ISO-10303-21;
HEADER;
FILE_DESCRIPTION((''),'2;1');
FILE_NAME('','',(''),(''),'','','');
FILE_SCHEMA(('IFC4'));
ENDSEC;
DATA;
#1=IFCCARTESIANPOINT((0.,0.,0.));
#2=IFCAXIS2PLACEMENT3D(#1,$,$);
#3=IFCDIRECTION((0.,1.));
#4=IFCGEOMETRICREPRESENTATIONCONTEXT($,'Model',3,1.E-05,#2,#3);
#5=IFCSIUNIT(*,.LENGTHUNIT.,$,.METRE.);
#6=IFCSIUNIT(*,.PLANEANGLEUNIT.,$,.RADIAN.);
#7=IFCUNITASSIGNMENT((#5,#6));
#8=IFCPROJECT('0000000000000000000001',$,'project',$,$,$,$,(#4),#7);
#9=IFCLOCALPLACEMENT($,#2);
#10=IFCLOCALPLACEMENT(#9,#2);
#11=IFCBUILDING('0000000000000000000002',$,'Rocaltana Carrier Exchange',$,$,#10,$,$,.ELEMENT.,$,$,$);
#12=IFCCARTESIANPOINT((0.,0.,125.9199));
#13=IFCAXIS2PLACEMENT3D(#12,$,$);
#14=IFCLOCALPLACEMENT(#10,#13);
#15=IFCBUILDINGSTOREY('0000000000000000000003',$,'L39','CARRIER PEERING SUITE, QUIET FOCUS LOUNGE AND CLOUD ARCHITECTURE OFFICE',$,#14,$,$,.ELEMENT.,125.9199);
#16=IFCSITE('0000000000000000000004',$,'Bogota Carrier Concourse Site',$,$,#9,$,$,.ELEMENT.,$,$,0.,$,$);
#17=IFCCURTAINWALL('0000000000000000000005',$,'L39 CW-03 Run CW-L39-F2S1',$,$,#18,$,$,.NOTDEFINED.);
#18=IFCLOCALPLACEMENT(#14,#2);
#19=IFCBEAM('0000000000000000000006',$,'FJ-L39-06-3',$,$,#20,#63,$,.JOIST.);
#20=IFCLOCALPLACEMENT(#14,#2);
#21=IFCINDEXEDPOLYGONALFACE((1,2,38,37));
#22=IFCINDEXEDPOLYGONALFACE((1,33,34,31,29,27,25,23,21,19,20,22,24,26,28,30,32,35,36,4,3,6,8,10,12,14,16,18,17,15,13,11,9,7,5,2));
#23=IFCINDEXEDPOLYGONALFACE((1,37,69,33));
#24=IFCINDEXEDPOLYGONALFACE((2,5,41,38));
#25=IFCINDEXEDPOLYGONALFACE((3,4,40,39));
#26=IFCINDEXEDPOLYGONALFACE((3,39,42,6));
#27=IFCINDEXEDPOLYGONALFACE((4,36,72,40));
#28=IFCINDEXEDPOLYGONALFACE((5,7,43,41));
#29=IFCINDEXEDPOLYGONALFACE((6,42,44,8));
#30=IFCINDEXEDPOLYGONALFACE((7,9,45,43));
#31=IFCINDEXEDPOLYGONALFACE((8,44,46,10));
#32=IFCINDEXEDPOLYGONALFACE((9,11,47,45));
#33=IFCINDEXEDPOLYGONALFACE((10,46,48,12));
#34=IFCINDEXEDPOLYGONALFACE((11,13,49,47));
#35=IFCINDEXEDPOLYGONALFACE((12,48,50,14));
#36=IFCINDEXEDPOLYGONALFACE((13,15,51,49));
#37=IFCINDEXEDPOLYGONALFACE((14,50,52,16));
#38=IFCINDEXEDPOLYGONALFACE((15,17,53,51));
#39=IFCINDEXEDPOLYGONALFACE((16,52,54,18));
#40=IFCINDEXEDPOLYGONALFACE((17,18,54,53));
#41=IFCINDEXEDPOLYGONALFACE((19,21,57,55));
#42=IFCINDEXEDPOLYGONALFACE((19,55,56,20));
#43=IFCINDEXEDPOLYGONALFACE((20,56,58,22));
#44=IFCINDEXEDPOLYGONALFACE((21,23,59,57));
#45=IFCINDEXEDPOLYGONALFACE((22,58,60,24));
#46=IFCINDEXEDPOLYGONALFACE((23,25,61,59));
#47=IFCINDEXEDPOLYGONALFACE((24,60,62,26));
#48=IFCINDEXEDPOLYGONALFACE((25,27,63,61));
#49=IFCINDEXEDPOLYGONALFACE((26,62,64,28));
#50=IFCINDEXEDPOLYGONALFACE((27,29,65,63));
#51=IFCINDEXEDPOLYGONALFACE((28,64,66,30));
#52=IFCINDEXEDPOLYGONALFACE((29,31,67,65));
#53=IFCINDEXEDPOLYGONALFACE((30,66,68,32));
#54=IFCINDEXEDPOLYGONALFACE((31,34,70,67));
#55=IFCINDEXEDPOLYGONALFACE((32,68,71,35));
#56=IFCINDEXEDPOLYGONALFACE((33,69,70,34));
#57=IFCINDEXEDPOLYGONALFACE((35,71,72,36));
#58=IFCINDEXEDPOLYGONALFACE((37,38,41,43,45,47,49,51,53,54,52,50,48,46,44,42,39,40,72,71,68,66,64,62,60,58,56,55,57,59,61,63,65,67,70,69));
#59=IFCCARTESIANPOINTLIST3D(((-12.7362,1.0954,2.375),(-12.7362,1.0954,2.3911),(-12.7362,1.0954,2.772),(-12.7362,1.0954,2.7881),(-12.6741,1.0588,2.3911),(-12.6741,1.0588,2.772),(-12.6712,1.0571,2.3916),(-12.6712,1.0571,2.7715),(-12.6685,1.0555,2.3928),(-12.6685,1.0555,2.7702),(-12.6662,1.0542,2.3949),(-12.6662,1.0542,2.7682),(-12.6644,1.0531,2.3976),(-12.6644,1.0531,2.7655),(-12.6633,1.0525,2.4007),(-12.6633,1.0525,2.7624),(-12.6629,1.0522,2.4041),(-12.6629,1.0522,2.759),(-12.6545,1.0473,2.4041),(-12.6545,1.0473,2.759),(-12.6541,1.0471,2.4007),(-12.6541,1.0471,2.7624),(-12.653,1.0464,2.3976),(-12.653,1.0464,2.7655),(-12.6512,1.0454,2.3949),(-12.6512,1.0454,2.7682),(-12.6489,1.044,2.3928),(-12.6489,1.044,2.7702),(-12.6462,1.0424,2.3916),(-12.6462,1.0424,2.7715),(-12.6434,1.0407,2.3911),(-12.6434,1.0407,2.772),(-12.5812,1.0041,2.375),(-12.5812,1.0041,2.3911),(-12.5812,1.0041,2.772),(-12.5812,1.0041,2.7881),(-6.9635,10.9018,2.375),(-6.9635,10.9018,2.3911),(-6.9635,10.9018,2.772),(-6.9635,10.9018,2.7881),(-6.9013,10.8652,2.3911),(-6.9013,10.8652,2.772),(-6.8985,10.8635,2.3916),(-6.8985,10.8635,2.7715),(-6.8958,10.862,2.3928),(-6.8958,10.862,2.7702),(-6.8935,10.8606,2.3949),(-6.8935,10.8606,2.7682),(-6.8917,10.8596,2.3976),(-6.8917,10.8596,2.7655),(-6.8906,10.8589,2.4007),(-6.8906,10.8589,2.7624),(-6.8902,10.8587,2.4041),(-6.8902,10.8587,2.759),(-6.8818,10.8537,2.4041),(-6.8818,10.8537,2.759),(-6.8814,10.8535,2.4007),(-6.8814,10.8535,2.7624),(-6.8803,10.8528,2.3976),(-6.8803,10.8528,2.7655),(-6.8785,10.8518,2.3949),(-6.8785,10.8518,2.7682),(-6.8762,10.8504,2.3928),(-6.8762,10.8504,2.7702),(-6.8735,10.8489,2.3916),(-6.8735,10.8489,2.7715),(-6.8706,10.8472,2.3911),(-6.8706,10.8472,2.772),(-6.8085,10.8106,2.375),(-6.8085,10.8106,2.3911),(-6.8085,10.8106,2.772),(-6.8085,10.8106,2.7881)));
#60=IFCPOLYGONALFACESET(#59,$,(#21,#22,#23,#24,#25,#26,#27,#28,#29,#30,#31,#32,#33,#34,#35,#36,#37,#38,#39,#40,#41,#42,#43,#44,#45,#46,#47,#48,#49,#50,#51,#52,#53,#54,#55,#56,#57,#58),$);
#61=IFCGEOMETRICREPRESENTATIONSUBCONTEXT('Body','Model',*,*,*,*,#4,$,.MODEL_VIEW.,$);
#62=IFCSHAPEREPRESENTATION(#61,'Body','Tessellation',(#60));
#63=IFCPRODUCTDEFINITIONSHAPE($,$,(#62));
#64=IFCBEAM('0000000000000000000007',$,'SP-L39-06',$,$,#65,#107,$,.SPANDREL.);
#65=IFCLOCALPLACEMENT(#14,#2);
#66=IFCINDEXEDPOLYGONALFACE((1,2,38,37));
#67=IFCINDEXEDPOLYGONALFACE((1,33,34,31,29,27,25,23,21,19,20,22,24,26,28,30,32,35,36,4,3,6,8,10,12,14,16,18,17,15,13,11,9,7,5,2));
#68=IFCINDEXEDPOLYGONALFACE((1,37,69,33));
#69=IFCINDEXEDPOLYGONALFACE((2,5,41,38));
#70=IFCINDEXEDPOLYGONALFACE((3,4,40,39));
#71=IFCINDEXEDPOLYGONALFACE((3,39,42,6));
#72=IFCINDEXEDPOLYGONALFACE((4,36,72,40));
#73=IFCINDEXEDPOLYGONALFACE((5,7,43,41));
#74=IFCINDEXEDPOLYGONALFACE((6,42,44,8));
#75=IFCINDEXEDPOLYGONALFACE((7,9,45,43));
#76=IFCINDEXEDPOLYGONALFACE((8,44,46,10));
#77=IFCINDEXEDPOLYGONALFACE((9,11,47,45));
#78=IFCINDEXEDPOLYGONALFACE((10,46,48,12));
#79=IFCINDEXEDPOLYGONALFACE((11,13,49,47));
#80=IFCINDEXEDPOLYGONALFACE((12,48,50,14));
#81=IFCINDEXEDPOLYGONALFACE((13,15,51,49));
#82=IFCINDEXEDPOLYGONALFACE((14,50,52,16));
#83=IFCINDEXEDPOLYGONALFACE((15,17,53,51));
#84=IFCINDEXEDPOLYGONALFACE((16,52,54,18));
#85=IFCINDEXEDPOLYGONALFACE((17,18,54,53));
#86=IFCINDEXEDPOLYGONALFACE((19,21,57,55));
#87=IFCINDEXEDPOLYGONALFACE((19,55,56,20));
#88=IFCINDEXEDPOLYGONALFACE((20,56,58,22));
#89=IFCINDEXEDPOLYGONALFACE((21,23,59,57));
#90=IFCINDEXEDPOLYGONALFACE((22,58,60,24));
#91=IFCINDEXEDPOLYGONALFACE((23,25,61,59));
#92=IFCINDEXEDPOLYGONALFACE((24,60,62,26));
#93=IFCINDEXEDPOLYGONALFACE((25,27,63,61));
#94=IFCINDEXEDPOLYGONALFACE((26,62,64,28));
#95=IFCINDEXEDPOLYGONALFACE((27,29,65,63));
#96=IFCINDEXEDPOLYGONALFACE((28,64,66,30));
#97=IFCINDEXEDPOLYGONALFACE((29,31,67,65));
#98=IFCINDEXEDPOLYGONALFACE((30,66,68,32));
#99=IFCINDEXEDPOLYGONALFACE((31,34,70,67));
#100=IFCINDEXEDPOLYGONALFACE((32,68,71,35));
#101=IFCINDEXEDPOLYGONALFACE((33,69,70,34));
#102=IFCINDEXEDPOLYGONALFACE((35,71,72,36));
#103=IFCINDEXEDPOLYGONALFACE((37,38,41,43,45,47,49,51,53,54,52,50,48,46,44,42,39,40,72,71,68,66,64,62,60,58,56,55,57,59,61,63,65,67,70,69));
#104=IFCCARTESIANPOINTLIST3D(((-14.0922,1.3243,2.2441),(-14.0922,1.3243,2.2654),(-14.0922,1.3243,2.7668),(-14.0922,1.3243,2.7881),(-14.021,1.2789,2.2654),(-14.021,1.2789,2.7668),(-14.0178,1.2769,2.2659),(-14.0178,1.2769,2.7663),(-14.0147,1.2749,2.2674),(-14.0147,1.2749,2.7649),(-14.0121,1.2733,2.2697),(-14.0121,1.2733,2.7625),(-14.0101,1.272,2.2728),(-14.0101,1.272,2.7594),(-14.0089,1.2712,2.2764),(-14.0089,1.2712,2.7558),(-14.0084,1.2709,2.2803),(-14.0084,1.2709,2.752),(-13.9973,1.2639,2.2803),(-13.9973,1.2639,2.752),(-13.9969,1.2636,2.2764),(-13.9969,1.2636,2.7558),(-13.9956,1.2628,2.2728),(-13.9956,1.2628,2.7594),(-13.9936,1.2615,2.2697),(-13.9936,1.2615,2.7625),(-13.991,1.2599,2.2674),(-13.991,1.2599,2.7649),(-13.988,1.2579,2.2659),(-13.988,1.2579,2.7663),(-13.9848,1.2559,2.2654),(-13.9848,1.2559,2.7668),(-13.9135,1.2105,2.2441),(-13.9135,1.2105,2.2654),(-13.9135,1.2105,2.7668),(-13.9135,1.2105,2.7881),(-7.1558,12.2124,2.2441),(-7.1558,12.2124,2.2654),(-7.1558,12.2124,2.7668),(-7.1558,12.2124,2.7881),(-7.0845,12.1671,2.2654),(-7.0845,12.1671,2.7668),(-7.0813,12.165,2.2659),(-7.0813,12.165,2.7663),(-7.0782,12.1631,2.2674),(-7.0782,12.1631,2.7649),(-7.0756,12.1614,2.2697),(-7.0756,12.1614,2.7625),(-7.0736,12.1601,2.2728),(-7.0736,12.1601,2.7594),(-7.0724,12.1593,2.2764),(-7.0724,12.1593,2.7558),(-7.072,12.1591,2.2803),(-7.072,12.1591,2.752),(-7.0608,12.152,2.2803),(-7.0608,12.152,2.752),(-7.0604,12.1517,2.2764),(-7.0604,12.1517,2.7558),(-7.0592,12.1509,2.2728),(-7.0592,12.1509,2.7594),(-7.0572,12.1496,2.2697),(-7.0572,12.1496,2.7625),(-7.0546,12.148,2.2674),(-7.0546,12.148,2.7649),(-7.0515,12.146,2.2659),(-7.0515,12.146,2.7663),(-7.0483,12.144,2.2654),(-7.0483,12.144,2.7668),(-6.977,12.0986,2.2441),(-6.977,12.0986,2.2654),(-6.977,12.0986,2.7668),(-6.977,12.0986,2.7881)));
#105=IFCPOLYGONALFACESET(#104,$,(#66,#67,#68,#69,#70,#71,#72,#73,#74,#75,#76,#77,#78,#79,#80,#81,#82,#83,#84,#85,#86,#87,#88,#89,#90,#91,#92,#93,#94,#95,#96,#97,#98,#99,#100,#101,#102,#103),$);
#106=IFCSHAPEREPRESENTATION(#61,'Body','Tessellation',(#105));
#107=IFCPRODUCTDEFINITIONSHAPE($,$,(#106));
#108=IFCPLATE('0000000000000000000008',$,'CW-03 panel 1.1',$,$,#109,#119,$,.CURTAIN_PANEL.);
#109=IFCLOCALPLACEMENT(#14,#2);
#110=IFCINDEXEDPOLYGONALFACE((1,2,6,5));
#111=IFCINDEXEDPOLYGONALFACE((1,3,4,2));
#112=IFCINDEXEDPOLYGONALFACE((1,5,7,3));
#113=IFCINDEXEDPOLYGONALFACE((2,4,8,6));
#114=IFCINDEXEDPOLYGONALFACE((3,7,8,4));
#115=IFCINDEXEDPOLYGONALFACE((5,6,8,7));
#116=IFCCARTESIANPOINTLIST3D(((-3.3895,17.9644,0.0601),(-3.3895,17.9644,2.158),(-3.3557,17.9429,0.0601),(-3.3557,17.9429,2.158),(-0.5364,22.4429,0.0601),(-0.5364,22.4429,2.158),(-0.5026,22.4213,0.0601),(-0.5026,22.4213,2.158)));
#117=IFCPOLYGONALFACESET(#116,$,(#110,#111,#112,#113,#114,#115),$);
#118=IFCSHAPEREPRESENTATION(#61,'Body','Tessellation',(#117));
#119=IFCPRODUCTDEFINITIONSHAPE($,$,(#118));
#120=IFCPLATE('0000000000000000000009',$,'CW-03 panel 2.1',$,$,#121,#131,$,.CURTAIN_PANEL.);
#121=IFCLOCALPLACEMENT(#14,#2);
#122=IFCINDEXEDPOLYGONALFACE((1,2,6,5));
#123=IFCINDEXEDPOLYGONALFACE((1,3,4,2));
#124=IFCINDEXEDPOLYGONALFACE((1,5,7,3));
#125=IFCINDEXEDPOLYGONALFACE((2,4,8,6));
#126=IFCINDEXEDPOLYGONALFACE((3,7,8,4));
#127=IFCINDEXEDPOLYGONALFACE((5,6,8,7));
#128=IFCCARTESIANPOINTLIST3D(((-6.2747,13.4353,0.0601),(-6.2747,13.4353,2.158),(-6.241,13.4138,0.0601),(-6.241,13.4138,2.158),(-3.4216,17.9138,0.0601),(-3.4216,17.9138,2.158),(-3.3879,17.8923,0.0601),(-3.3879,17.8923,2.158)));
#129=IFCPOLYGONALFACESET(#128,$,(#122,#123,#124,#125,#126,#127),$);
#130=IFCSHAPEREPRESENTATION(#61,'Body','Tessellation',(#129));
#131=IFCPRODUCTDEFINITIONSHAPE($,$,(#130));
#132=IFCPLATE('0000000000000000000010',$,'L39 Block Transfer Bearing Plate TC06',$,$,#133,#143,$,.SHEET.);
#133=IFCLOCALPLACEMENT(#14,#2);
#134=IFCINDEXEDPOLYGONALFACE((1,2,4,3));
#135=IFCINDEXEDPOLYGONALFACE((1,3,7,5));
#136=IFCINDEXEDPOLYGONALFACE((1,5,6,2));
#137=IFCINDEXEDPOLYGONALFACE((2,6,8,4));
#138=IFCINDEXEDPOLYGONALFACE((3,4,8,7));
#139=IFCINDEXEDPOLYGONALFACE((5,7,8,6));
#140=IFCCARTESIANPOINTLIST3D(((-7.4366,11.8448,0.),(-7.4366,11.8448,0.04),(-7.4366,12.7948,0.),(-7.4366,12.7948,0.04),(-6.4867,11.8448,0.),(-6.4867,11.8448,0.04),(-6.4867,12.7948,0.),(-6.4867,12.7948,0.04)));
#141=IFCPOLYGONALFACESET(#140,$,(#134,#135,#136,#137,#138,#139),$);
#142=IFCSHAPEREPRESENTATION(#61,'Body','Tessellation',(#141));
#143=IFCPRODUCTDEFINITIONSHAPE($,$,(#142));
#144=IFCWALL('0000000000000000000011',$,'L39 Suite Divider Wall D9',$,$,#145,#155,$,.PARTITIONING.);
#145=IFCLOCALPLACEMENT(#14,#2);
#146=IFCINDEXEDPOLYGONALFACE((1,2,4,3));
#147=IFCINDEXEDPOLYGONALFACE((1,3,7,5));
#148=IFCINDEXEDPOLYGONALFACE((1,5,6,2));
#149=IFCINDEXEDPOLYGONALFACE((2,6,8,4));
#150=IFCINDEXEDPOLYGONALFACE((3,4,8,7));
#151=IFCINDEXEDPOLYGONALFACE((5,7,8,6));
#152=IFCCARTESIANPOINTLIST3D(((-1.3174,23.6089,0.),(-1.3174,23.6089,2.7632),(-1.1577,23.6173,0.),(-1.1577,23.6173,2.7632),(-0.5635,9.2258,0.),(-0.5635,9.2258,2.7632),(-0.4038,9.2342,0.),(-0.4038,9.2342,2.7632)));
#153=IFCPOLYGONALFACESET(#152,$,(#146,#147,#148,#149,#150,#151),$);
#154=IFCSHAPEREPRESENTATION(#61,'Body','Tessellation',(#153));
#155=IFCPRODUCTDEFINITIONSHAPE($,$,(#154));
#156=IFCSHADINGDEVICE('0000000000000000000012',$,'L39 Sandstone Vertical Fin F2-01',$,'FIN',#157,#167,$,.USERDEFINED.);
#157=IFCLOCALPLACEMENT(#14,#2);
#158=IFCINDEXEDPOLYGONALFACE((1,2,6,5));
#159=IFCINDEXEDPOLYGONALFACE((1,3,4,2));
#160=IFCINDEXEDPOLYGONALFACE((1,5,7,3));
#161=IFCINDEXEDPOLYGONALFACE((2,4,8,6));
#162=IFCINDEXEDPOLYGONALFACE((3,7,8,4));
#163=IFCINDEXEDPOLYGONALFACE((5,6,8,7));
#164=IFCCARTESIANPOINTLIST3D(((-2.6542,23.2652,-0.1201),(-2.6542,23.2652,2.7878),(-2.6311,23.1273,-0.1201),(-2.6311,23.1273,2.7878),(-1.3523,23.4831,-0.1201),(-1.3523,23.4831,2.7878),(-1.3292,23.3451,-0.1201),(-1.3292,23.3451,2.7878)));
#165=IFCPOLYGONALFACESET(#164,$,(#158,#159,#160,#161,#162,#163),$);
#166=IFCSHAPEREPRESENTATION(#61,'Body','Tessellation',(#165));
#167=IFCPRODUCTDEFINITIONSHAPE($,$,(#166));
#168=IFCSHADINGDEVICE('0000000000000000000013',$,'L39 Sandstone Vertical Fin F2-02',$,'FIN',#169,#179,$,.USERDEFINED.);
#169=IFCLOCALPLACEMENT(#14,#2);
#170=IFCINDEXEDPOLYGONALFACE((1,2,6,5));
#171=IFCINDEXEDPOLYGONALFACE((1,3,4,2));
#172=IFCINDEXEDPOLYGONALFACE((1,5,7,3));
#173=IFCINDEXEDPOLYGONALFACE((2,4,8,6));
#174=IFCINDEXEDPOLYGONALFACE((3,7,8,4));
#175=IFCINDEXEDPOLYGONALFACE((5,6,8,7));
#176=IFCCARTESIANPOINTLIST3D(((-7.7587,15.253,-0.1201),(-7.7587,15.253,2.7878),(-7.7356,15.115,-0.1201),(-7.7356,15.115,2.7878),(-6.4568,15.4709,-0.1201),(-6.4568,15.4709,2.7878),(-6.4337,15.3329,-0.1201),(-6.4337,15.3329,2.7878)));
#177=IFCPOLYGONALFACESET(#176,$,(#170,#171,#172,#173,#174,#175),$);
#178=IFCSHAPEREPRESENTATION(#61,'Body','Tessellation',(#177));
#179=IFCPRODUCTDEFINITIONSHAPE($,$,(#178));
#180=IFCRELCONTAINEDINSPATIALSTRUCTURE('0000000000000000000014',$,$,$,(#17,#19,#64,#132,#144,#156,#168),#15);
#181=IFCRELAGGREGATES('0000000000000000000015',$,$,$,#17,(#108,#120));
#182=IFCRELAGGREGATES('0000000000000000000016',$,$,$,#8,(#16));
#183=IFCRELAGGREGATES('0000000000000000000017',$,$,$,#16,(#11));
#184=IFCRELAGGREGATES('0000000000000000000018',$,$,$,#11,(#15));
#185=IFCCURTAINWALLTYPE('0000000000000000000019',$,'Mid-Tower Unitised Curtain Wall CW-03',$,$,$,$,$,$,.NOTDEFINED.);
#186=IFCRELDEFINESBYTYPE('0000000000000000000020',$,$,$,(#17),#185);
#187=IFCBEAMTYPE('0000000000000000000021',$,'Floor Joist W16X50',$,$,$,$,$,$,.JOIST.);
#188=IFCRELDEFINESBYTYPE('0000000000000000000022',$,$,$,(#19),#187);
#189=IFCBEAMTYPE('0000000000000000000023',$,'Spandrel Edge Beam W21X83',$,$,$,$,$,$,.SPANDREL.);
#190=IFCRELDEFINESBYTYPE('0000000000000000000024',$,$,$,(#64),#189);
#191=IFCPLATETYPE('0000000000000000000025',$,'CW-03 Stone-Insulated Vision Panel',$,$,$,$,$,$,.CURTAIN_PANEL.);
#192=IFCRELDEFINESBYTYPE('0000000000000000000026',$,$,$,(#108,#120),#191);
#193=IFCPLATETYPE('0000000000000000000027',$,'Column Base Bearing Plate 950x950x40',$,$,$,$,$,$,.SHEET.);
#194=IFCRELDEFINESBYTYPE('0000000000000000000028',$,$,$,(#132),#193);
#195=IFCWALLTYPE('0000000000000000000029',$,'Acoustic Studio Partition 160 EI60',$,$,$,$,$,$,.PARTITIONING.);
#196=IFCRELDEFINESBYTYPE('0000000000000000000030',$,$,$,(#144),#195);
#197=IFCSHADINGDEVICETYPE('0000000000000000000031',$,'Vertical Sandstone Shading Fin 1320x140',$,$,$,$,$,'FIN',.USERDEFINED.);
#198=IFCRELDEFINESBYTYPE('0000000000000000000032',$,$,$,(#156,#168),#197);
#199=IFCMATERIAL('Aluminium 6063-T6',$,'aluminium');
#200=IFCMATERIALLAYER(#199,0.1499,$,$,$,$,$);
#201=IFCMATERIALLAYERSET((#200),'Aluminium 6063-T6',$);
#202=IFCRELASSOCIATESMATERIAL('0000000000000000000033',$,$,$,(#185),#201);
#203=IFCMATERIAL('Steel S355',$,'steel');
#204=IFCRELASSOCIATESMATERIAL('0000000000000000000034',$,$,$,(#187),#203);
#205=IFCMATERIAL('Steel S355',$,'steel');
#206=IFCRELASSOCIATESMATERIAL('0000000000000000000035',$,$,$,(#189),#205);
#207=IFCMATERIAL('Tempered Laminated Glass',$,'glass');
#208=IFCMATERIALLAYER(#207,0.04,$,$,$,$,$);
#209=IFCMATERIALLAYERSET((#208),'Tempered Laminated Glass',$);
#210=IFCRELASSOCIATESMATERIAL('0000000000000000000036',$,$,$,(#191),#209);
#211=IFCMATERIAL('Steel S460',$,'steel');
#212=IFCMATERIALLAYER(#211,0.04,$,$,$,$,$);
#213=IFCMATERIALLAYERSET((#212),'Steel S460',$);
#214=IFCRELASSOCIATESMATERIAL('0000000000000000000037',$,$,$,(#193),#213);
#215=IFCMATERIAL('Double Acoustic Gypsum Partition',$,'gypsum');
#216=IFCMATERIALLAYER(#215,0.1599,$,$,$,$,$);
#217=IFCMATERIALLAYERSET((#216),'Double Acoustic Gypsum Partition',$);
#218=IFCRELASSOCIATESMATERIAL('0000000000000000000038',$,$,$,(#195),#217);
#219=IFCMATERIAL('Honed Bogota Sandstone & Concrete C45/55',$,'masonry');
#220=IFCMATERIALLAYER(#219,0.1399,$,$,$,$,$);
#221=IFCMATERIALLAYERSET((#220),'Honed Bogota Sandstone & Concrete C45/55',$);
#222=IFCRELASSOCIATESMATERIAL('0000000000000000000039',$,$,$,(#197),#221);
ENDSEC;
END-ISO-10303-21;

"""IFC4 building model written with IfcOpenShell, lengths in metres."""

from ifc_helpers import new_model, si_unit, direction, frame, frame_2d, origin, origin_2d, place, context, subcontext, project, spatial, rectangle, i_section, extrude, material, layer, layer_set, material_profile, profile_set, type_object, element, aggregate, save


model = new_model("IFC4")

# Units and contexts
model_context = context("Model", 3, precision=1e-05, world=origin(), true_north=direction((0.0, 1.0)))
body_context = subcontext(model_context, "Body", "Model", "MODEL_VIEW")
ifc_project = project(units=[si_unit("LENGTHUNIT", "METRE"), si_unit("PLANEANGLEUNIT", "RADIAN")], contexts=[model_context])

# Site, building, storey
site_placement = place(None, origin())
site = spatial("IfcSite", under=ifc_project, at=site_placement, Name="Bogota Carrier Concourse Site", CompositionType="ELEMENT", RefElevation=0.0)
building_placement = place(site_placement, origin())
building = spatial("IfcBuilding", under=site, at=building_placement, Name="Rocaltana Carrier Exchange", CompositionType="ELEMENT")
storey_placement = place(building_placement, frame((0.0, 0.0, 125.9199)))
storey = spatial("IfcBuildingStorey", under=building, at=storey_placement, Name="L39", Description="CARRIER PEERING SUITE, QUIET FOCUS LOUNGE AND CLOUD ARCHITECTURE OFFICE", CompositionType="ELEMENT", Elevation=125.9199)

# Curtain wall
ifc_material_1 = material(Name="Aluminium 6063-T6", Category="aluminium")
ifc_layer_1 = layer(ifc_material_1, 0.1499)
ifc_layer_set_1 = layer_set([ifc_layer_1], Name="Aluminium 6063-T6")
curtain_wall_type = type_object("IfcCurtainWallType", Name="Mid-Tower Unitised Curtain Wall CW-03", PredefinedType="NOTDEFINED", material=ifc_layer_set_1)
curtain_wall_1_placement = place(storey_placement, origin())
curtain_wall_1 = element("IfcCurtainWall", 1, at=curtain_wall_1_placement, inside=storey, type_object=curtain_wall_type, Name="L39 CW-03 Run CW-L39-F2S1", PredefinedType="NOTDEFINED")

# Beams
ifc_material_2 = material(Name="Steel S355", Category="steel")
ifc_material_profile_1 = material_profile(ifc_material_2, i_section(OverallWidth=0.1799, OverallDepth=0.4131, WebThickness=0.0098, FlangeThickness=0.0161, FilletRadius=0.0129, at=origin_2d()), Name="W16X50")
ifc_profile_set_1 = profile_set([ifc_material_profile_1], Name="Steel S355")
beam_type_1 = type_object("IfcBeamType", Name="Floor Joist W16X50", PredefinedType="JOIST", material=ifc_profile_set_1)
beam_1_placement = place(storey_placement, frame((-6.886, 10.8562, 2.5815), z_axis=(-0.507297, -0.861771, 0.0), x_axis=(0.861771, -0.507297, 0.0)))
element("IfcBeam", 2, at=beam_1_placement, inside=storey, type_object=beam_type_1, Name="FJ-L39-06-3", PredefinedType="JOIST", context=body_context, shape_type="SweptSolid", body=[
    extrude(i_section(OverallWidth=0.1799, OverallDepth=0.4131, WebThickness=0.0098, FlangeThickness=0.0161, FilletRadius=0.0129, at=origin_2d()), origin(), (0.0, 0.0, 1.0), 11.3794),
])
ifc_material_3 = material(Name="Steel S355", Category="steel")
ifc_material_profile_2 = material_profile(ifc_material_3, i_section(OverallWidth=0.2119, OverallDepth=0.5439, WebThickness=0.0132, FlangeThickness=0.0212, FilletRadius=0.0149, at=origin_2d()), Name="W21X83")
ifc_profile_set_2 = profile_set([ifc_material_profile_2], Name="Steel S355")
beam_type_2 = type_object("IfcBeamType", Name="Spandrel Edge Beam W21X83", PredefinedType="SPANDREL", material=ifc_profile_set_2)
beam_2_placement = place(storey_placement, frame((-7.0664, 12.1555, 2.5161), z_axis=(-0.537299, -0.843392, 0.0), x_axis=(0.843392, -0.537299, 0.0)))
element("IfcBeam", 3, at=beam_2_placement, inside=storey, type_object=beam_type_2, Name="SP-L39-06", PredefinedType="SPANDREL", context=body_context, shape_type="SweptSolid", body=[
    extrude(i_section(OverallWidth=0.2119, OverallDepth=0.5439, WebThickness=0.0132, FlangeThickness=0.0212, FilletRadius=0.0149, at=origin_2d()), origin(), (0.0, 0.0, 1.0), 12.9099),
])

# Plates
ifc_material_4 = material(Name="Tempered Laminated Glass", Category="glass")
ifc_layer_2 = layer(ifc_material_4, 0.04)
ifc_layer_set_2 = layer_set([ifc_layer_2], Name="Tempered Laminated Glass")
plate_type_1 = type_object("IfcPlateType", Name="CW-03 Stone-Insulated Vision Panel", PredefinedType="CURTAIN_PANEL", material=ifc_layer_set_2)
plate_1_placement = place(storey_placement, frame((-1.946, 20.1929, 0.0601), z_axis=(0.0, 0.0, 1.0), x_axis=(-0.537301, -0.843391, 0.0)))
plate_1 = element("IfcPlate", 4, at=plate_1_placement, type_object=plate_type_1, Name="CW-03 panel 1.1", PredefinedType="CURTAIN_PANEL", context=body_context, shape_type="SweptSolid", body=[
    extrude(rectangle(XDim=5.3101, YDim=0.04, at=origin_2d()), origin(), (0.0, 0.0, 1.0), 2.0979),
])
plate_2_placement = place(storey_placement, frame((-4.8313, 15.6638, 0.0601), z_axis=(0.0, 0.0, 1.0), x_axis=(-0.537301, -0.843391, 0.0)))
plate_2 = element("IfcPlate", 5, at=plate_2_placement, type_object=plate_type_1, Name="CW-03 panel 2.1", PredefinedType="CURTAIN_PANEL", context=body_context, shape_type="SweptSolid", body=[
    extrude(rectangle(XDim=5.3101, YDim=0.04, at=origin_2d()), origin(), (0.0, 0.0, 1.0), 2.0979),
])
aggregate(curtain_wall_1, [plate_1, plate_2])
ifc_material_5 = material(Name="Steel S460", Category="steel")
ifc_layer_3 = layer(ifc_material_5, 0.04)
ifc_layer_set_3 = layer_set([ifc_layer_3], Name="Steel S460")
plate_type_2 = type_object("IfcPlateType", Name="Column Base Bearing Plate 950x950x40", PredefinedType="SHEET", material=ifc_layer_set_3)
plate_3_placement = place(storey_placement, frame((-6.9617, 12.3198, 0.0), z_axis=(0.0, 0.0, 1.0), x_axis=(1.0, 0.0, 0.0)))
element("IfcPlate", 6, at=plate_3_placement, inside=storey, type_object=plate_type_2, Name="L39 Block Transfer Bearing Plate TC06", PredefinedType="SHEET", context=body_context, shape_type="SweptSolid", body=[
    extrude(rectangle(XDim=0.95, YDim=0.95, at=origin_2d()), origin(), (0.0, 0.0, 1.0), 0.04),
])

# Wall
ifc_material_6 = material(Name="Double Acoustic Gypsum Partition", Category="gypsum")
ifc_layer_4 = layer(ifc_material_6, 0.1599)
ifc_layer_set_4 = layer_set([ifc_layer_4], Name="Double Acoustic Gypsum Partition")
wall_type = type_object("IfcWallType", Name="Acoustic Studio Partition 160 EI60", PredefinedType="PARTITIONING", material=ifc_layer_set_4)
wall_placement = place(storey_placement, frame((-0.4836, 9.23, 0.0), z_axis=(0.0, 0.0, 1.0), x_axis=(-0.052344, 0.998629, 0.0)))
element("IfcWall", 7, at=wall_placement, inside=storey, type_object=wall_type, Name="L39 Suite Divider Wall D9", PredefinedType="PARTITIONING", context=body_context, shape_type="SweptSolid", body=[
    extrude(rectangle(XDim=14.4028, YDim=0.1599, at=frame_2d((7.2014, 0.0))), origin(), (0.0, 0.0, 1.0), 2.7632),
])

# Shading devices
ifc_material_7 = material(Name="Honed Bogota Sandstone & Concrete C45/55", Category="masonry")
ifc_layer_5 = layer(ifc_material_7, 0.1399)
ifc_layer_set_5 = layer_set([ifc_layer_5], Name="Honed Bogota Sandstone & Concrete C45/55")
shading_device_type = type_object("IfcShadingDeviceType", Name="Vertical Sandstone Shading Fin 1320x140", ElementType="FIN", PredefinedType="USERDEFINED", material=ifc_layer_set_5)
for number, where, z_axis, x_axis, name in (
    (8, (-1.9917, 23.3052, -0.1201), (0.0, 0.0, 1.0), (-0.986286, -0.165048, 0.0), "L39 Sandstone Vertical Fin F2-01"),
    (9, (-7.0962, 15.293, -0.1201), (0.0, 0.0, 1.0), (-0.986286, -0.165048, 0.0), "L39 Sandstone Vertical Fin F2-02"),
):
    element("IfcShadingDevice", number, at=place(storey_placement, frame(where, z_axis=z_axis, x_axis=x_axis)), inside=storey, type_object=shading_device_type, Name=name, ObjectType="FIN", PredefinedType="USERDEFINED", context=body_context, shape_type="SweptSolid", body=[
        extrude(rectangle(XDim=1.3201, YDim=0.1399, at=origin_2d()), origin(), (0.0, 0.0, 1.0), 2.908),
    ])

save(model, "model.ifc")
